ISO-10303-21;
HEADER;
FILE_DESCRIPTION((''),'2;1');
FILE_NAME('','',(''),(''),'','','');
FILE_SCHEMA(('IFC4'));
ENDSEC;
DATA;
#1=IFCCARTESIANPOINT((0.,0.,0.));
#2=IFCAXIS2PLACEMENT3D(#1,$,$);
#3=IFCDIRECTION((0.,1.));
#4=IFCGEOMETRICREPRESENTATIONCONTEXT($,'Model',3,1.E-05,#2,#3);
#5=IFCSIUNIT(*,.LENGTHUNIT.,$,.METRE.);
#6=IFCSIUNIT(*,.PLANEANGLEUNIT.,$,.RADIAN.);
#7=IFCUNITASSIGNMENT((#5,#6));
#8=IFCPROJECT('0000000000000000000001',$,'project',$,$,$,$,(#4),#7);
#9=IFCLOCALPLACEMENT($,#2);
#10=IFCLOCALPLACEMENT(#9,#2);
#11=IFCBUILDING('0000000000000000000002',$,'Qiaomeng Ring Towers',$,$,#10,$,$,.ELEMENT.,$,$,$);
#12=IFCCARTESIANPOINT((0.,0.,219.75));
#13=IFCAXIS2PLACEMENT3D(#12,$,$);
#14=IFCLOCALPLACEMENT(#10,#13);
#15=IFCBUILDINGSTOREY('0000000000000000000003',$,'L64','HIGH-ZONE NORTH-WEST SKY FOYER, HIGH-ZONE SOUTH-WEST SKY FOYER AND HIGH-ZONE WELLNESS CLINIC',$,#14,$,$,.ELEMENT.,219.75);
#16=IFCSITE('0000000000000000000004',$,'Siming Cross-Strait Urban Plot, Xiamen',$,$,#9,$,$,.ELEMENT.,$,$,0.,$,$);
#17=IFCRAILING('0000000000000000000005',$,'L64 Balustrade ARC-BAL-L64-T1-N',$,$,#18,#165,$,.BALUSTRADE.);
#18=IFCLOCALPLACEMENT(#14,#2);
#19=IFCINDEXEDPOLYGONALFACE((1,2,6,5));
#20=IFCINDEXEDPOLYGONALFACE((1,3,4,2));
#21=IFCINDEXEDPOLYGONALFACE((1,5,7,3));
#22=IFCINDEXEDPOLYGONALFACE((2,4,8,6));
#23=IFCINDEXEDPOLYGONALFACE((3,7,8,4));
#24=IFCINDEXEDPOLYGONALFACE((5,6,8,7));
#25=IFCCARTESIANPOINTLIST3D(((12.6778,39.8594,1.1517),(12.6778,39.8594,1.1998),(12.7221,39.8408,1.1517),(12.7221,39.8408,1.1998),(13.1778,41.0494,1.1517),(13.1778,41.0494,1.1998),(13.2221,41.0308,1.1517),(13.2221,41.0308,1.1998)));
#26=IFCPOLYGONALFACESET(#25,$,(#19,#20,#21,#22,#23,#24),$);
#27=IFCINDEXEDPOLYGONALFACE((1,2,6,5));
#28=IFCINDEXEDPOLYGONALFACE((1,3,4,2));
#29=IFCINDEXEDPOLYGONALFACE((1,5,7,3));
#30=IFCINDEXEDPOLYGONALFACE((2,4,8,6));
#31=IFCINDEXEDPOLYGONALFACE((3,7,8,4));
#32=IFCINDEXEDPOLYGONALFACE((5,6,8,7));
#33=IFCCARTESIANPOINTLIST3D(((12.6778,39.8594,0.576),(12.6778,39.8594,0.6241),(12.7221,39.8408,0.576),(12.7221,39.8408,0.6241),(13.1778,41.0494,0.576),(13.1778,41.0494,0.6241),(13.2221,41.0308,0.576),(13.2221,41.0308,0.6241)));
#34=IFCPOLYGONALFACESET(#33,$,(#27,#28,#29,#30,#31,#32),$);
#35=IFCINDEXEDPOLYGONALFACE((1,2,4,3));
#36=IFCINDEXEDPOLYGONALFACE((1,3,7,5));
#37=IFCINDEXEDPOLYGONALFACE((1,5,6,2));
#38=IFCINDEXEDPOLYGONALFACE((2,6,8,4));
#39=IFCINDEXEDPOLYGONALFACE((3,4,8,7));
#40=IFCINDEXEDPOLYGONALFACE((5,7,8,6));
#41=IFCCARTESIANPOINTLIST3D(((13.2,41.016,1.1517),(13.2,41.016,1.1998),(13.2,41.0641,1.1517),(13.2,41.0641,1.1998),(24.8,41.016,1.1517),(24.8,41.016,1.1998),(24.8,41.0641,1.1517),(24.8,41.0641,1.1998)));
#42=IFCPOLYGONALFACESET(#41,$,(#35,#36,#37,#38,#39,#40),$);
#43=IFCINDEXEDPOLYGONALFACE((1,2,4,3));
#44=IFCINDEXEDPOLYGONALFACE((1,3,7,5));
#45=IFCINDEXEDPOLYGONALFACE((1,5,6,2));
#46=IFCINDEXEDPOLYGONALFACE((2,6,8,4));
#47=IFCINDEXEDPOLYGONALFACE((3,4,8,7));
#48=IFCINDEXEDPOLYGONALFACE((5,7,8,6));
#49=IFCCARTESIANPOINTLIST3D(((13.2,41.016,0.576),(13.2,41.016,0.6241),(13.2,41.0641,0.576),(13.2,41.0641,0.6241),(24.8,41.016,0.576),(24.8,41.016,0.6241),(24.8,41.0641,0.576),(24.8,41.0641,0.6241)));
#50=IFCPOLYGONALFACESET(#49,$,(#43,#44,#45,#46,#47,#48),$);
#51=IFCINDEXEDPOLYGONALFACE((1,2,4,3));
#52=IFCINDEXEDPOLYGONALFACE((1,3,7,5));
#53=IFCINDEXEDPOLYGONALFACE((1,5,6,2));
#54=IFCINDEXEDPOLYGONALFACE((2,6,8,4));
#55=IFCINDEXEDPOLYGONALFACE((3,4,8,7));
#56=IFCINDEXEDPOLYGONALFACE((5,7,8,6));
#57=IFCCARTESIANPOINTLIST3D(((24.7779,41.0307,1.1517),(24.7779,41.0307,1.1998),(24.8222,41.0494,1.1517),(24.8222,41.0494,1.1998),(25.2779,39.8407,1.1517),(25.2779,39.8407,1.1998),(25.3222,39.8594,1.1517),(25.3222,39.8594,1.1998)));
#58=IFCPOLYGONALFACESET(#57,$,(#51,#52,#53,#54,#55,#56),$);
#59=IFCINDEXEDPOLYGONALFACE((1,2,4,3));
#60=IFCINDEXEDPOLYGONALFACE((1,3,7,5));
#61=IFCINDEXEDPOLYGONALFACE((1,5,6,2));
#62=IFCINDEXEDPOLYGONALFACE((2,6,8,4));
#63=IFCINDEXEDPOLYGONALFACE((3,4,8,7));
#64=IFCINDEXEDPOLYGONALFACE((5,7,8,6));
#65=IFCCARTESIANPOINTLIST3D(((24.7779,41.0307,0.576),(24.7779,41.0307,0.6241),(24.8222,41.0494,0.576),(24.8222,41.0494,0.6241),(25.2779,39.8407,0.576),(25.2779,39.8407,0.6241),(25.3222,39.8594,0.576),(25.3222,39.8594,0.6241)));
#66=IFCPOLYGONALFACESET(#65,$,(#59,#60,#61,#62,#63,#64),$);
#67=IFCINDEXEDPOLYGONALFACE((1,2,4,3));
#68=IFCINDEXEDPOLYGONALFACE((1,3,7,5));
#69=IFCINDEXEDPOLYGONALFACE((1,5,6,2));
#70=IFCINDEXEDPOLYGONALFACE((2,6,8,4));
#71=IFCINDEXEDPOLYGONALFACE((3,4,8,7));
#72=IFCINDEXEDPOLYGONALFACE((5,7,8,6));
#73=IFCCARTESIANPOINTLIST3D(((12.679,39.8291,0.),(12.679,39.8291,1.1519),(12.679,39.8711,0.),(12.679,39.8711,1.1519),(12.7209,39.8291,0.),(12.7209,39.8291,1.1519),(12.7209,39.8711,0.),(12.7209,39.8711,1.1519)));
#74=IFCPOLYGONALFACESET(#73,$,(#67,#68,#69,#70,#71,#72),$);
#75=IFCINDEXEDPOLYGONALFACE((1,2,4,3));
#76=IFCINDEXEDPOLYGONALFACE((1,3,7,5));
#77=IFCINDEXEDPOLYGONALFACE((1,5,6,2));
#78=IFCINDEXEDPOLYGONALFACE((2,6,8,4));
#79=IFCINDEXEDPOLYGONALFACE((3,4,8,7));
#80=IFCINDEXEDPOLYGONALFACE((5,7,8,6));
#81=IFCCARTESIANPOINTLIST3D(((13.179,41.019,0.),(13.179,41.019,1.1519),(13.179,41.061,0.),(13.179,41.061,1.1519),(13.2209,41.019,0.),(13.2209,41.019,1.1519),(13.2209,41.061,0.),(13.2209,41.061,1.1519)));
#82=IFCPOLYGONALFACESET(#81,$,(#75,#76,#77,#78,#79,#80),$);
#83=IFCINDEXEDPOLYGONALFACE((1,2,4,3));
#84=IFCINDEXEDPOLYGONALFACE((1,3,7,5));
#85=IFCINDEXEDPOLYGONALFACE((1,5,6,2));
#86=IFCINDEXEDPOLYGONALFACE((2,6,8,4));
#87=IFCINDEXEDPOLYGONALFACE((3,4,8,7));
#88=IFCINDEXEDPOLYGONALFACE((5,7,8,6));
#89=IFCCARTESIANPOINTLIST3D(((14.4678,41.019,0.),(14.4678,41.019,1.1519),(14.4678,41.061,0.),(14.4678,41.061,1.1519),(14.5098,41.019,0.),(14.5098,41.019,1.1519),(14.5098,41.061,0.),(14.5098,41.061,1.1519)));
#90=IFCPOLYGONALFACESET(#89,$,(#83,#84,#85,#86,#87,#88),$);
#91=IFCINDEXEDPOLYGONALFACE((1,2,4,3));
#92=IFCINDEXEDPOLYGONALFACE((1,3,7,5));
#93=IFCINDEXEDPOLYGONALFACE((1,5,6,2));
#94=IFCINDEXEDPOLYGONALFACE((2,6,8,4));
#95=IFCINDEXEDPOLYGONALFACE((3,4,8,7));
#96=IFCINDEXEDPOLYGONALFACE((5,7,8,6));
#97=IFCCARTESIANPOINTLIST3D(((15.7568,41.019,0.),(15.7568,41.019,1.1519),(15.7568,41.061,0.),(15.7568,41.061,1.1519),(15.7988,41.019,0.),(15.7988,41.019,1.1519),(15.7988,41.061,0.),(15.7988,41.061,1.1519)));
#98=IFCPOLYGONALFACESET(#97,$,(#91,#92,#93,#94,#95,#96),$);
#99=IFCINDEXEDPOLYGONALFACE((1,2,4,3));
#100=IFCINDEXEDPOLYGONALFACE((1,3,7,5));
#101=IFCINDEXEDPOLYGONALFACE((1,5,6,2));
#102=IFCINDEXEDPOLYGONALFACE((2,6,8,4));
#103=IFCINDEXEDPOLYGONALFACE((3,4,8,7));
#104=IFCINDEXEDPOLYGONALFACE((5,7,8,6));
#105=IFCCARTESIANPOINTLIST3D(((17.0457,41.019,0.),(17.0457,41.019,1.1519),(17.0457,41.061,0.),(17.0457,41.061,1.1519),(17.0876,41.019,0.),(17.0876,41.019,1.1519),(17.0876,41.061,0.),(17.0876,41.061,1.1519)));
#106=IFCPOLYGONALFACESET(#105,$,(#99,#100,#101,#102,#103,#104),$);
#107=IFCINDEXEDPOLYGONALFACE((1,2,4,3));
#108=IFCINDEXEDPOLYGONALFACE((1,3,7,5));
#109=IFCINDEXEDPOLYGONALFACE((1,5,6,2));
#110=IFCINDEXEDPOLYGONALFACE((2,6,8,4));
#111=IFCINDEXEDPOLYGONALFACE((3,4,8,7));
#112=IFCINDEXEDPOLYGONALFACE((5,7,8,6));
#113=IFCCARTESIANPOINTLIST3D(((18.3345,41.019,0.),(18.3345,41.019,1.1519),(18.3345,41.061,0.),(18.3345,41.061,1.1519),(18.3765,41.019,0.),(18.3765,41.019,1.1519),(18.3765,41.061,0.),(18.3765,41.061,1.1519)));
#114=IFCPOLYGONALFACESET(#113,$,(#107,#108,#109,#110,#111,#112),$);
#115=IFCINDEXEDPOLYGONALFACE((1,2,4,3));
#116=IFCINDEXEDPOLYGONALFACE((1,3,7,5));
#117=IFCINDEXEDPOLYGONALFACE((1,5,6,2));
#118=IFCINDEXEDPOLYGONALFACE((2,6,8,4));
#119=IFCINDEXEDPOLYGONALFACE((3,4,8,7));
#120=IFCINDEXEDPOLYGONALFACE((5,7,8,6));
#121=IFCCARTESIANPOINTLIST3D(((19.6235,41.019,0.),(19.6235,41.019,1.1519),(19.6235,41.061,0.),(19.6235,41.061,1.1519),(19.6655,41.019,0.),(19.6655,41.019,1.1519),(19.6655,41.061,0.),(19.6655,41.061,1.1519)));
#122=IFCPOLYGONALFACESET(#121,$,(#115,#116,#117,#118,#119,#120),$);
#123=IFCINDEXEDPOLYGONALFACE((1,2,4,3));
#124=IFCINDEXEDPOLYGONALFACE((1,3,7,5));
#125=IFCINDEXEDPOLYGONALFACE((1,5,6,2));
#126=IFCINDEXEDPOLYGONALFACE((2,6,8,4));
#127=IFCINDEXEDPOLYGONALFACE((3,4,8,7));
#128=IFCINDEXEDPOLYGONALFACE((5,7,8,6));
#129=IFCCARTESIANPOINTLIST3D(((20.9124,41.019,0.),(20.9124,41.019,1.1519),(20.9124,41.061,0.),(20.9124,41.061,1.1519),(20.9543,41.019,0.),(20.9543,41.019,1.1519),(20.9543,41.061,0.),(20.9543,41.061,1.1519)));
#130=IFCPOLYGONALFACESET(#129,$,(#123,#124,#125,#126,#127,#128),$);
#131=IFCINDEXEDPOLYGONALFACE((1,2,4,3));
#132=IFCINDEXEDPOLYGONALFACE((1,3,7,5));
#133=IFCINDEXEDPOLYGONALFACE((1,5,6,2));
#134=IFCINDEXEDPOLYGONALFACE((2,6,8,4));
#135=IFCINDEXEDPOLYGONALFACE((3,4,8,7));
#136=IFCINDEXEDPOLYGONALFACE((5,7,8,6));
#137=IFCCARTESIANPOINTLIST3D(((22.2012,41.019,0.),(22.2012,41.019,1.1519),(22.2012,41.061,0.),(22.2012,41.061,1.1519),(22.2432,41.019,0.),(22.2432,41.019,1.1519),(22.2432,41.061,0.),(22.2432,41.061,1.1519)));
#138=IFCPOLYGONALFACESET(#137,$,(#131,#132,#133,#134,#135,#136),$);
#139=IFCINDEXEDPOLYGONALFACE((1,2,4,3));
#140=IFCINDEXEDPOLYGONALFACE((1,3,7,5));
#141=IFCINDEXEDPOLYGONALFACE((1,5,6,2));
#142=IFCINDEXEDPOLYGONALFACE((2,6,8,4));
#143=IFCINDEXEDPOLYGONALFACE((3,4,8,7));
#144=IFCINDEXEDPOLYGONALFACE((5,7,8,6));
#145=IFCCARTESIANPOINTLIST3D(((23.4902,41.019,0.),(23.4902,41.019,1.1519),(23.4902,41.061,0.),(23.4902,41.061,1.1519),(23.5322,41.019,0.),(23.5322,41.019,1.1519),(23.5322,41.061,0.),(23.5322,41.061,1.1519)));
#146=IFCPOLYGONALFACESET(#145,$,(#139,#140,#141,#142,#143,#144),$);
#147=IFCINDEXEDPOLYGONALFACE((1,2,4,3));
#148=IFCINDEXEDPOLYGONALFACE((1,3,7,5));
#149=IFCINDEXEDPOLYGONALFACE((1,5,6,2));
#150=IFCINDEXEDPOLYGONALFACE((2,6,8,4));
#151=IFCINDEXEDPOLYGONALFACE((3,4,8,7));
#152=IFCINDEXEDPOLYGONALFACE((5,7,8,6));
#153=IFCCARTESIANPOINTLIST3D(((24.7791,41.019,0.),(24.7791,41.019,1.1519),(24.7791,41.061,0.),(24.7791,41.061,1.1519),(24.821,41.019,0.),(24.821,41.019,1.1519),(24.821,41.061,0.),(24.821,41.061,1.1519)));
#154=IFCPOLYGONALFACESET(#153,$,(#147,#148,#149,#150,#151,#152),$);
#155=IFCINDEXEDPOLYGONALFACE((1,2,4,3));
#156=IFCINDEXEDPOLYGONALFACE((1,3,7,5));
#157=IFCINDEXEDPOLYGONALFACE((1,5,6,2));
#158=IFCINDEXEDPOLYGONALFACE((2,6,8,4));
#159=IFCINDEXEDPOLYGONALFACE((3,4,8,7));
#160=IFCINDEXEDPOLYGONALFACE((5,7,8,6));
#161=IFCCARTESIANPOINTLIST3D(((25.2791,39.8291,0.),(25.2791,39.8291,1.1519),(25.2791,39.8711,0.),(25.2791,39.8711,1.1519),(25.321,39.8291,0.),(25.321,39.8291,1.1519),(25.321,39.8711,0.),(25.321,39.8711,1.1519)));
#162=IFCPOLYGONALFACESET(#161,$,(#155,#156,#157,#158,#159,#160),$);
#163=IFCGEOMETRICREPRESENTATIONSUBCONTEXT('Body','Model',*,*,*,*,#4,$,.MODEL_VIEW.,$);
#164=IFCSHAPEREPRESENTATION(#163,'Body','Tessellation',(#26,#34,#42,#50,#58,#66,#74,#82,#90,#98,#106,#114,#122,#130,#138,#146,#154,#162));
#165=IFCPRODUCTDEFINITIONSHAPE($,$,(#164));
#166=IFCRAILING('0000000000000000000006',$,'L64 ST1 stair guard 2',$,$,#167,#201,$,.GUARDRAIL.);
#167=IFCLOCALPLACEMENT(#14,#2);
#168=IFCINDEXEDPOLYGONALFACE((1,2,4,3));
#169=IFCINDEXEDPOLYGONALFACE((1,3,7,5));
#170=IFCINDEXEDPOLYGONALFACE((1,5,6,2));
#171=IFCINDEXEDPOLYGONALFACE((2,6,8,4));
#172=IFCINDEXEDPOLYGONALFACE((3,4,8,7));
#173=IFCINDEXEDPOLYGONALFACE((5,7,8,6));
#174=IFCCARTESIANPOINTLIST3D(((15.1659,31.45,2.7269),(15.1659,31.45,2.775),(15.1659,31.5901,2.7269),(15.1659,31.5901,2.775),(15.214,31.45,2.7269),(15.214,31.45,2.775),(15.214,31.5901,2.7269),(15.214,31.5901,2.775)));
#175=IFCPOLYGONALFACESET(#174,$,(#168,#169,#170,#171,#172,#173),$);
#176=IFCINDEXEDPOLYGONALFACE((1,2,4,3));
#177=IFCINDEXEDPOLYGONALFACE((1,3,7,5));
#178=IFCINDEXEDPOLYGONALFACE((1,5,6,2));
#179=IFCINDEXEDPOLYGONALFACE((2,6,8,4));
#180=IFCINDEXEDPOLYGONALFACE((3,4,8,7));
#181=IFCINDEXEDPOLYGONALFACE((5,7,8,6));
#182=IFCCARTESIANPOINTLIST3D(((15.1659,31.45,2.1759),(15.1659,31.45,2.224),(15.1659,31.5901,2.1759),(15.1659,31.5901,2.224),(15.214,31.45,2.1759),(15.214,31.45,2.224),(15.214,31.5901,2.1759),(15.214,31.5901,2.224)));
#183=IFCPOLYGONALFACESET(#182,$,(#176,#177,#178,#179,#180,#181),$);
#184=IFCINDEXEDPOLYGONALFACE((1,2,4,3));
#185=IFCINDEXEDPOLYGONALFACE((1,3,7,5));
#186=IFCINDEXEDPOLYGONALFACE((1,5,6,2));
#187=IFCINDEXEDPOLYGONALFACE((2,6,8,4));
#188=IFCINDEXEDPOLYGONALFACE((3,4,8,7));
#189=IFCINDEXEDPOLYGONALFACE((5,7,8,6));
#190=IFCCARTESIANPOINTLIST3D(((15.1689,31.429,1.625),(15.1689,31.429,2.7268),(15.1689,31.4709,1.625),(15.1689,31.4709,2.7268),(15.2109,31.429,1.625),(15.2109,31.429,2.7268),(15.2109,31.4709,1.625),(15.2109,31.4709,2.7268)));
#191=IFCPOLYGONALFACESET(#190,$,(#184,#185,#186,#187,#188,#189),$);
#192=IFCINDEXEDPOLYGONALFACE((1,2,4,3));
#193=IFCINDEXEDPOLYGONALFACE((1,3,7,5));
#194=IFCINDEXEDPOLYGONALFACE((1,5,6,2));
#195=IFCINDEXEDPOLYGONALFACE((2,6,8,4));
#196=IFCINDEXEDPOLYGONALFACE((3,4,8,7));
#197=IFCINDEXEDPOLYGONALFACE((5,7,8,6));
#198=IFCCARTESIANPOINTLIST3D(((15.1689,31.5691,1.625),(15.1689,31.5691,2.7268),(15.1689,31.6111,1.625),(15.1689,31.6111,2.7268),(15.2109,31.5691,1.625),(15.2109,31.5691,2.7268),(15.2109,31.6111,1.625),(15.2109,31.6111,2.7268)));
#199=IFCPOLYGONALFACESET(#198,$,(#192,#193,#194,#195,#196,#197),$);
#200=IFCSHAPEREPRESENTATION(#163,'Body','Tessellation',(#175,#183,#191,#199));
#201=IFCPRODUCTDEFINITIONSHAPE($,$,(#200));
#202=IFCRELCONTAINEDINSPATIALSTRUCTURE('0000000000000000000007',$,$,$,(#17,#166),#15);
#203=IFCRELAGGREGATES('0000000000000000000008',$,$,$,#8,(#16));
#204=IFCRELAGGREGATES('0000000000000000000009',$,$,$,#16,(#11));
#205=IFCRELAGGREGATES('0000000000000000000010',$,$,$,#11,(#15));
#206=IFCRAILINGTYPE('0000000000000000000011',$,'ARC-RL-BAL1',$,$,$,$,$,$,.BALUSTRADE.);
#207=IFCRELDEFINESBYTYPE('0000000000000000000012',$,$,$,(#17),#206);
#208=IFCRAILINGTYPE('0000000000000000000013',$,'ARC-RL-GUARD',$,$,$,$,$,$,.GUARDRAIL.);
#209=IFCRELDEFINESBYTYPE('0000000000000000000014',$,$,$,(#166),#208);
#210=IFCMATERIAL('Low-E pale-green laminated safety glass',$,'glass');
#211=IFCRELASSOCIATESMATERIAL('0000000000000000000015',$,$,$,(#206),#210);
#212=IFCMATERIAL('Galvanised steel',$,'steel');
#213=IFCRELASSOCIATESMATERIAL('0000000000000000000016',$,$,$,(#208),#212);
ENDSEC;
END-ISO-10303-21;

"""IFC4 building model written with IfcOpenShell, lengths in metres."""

from ifc_helpers import new_model, si_unit, direction, frame, origin, origin_2d, place, context, subcontext, project, spatial, rectangle, extrude, material, type_object, element, save


model = new_model("IFC4")

# Units and contexts
model_context = context("Model", 3, precision=1e-05, world=origin(), true_north=direction((0.0, 1.0)))
body_context = subcontext(model_context, "Body", "Model", "MODEL_VIEW")
ifc_project = project(units=[si_unit("LENGTHUNIT", "METRE"), si_unit("PLANEANGLEUNIT", "RADIAN")], contexts=[model_context])

# Site, building, storey
site_placement = place(None, origin())
site = spatial("IfcSite", under=ifc_project, at=site_placement, Name="Siming Cross-Strait Urban Plot, Xiamen", CompositionType="ELEMENT", RefElevation=0.0)
building_placement = place(site_placement, origin())
building = spatial("IfcBuilding", under=site, at=building_placement, Name="Qiaomeng Ring Towers", CompositionType="ELEMENT")
storey_placement = place(building_placement, frame((0.0, 0.0, 219.75)))
storey = spatial("IfcBuildingStorey", under=building, at=storey_placement, Name="L64", Description="HIGH-ZONE NORTH-WEST SKY FOYER, HIGH-ZONE SOUTH-WEST SKY FOYER AND HIGH-ZONE WELLNESS CLINIC", CompositionType="ELEMENT", Elevation=219.75)

# Shared definitions
ifc_material_1 = material(Name="Galvanised steel", Category="steel")

# Railings
ifc_material_2 = material(Name="Low-E pale-green laminated safety glass", Category="glass")
railing_type_1 = type_object("IfcRailingType", Name="ARC-RL-BAL1", PredefinedType="BALUSTRADE", material=ifc_material_2)
railing_1_placement = place(storey_placement, frame((12.7, 39.8501, 0.0)))
element("IfcRailing", 1, at=railing_1_placement, inside=storey, type_object=railing_type_1, Name="L64 Balustrade ARC-BAL-L64-T1-N", PredefinedType="BALUSTRADE", context=body_context, shape_type="SweptSolid", body=[
    extrude(rectangle(XDim=0.0481, YDim=0.0481, at=origin_2d()), frame((0.0, 0.0, 1.1758), z_axis=(0.38738, 0.92192, 0.0), x_axis=(-0.92192, 0.38738, 0.0)), (0.0, 0.0, 1.0), 1.2908),
    extrude(rectangle(XDim=0.0481, YDim=0.0481, at=origin_2d()), frame((0.0, 0.0, 0.6001), z_axis=(0.38738, 0.92192, 0.0), x_axis=(-0.92192, 0.38738, 0.0)), (0.0, 0.0, 1.0), 1.2908),
    extrude(rectangle(XDim=0.0481, YDim=0.0481, at=origin_2d()), frame((0.5, 1.1899, 1.1758), z_axis=(1.0, 0.0, 0.0), x_axis=(0.0, 1.0, 0.0)), (0.0, 0.0, 1.0), 11.6001),
    extrude(rectangle(XDim=0.0481, YDim=0.0481, at=origin_2d()), frame((0.5, 1.1899, 0.6001), z_axis=(1.0, 0.0, 0.0), x_axis=(0.0, 1.0, 0.0)), (0.0, 0.0, 1.0), 11.6001),
    extrude(rectangle(XDim=0.0481, YDim=0.0481, at=origin_2d()), frame((12.1001, 1.1899, 1.1758), z_axis=(0.38738, -0.92192, 0.0), x_axis=(0.92192, 0.38738, 0.0)), (0.0, 0.0, 1.0), 1.2908),
    extrude(rectangle(XDim=0.0481, YDim=0.0481, at=origin_2d()), frame((12.1001, 1.1899, 0.6001), z_axis=(0.38738, -0.92192, 0.0), x_axis=(0.92192, 0.38738, 0.0)), (0.0, 0.0, 1.0), 1.2908),
    extrude(rectangle(XDim=0.042, YDim=0.042, at=origin_2d()), origin(), (0.0, 0.0, 1.0), 1.1519),
    extrude(rectangle(XDim=0.042, YDim=0.042, at=origin_2d()), frame((0.5, 1.1899, 0.0)), (0.0, 0.0, 1.0), 1.1519),
    extrude(rectangle(XDim=0.042, YDim=0.042, at=origin_2d()), frame((1.7888, 1.1899, 0.0)), (0.0, 0.0, 1.0), 1.1519),
    extrude(rectangle(XDim=0.042, YDim=0.042, at=origin_2d()), frame((3.0779, 1.1899, 0.0)), (0.0, 0.0, 1.0), 1.1519),
    extrude(rectangle(XDim=0.042, YDim=0.042, at=origin_2d()), frame((4.3667, 1.1899, 0.0)), (0.0, 0.0, 1.0), 1.1519),
    extrude(rectangle(XDim=0.042, YDim=0.042, at=origin_2d()), frame((5.6555, 1.1899, 0.0)), (0.0, 0.0, 1.0), 1.1519),
    extrude(rectangle(XDim=0.042, YDim=0.042, at=origin_2d()), frame((6.9446, 1.1899, 0.0)), (0.0, 0.0, 1.0), 1.1519),
    extrude(rectangle(XDim=0.042, YDim=0.042, at=origin_2d()), frame((8.2334, 1.1899, 0.0)), (0.0, 0.0, 1.0), 1.1519),
    extrude(rectangle(XDim=0.042, YDim=0.042, at=origin_2d()), frame((9.5222, 1.1899, 0.0)), (0.0, 0.0, 1.0), 1.1519),
    extrude(rectangle(XDim=0.042, YDim=0.042, at=origin_2d()), frame((10.8113, 1.1899, 0.0)), (0.0, 0.0, 1.0), 1.1519),
    extrude(rectangle(XDim=0.042, YDim=0.042, at=origin_2d()), frame((12.1001, 1.1899, 0.0)), (0.0, 0.0, 1.0), 1.1519),
    extrude(rectangle(XDim=0.042, YDim=0.042, at=origin_2d()), frame((12.6001, 0.0, 0.0)), (0.0, 0.0, 1.0), 1.1519),
])
railing_type_2 = type_object("IfcRailingType", Name="ARC-RL-GUARD", PredefinedType="GUARDRAIL", material=ifc_material_1)
railing_2_placement = place(storey_placement, frame((15.1899, 31.45, 1.625)))
element("IfcRailing", 2, at=railing_2_placement, inside=storey, type_object=railing_type_2, Name="L64 ST1 stair guard 2", PredefinedType="GUARDRAIL", context=body_context, shape_type="SweptSolid", body=[
    extrude(rectangle(XDim=0.0481, YDim=0.0481, at=origin_2d()), frame((0.0, 0.0, 1.126), z_axis=(0.0, 1.0, 0.0), x_axis=(-1.0, 0.0, 0.0)), (0.0, 0.0, 1.0), 0.1401),
    extrude(rectangle(XDim=0.0481, YDim=0.0481, at=origin_2d()), frame((0.0, 0.0, 0.575), z_axis=(0.0, 1.0, 0.0), x_axis=(-1.0, 0.0, 0.0)), (0.0, 0.0, 1.0), 0.1401),
    extrude(rectangle(XDim=0.042, YDim=0.042, at=origin_2d()), origin(), (0.0, 0.0, 1.0), 1.1018),
    extrude(rectangle(XDim=0.042, YDim=0.042, at=origin_2d()), frame((0.0, 0.1401, 0.0)), (0.0, 0.0, 1.0), 1.1018),
])

save(model, "model.ifc")
